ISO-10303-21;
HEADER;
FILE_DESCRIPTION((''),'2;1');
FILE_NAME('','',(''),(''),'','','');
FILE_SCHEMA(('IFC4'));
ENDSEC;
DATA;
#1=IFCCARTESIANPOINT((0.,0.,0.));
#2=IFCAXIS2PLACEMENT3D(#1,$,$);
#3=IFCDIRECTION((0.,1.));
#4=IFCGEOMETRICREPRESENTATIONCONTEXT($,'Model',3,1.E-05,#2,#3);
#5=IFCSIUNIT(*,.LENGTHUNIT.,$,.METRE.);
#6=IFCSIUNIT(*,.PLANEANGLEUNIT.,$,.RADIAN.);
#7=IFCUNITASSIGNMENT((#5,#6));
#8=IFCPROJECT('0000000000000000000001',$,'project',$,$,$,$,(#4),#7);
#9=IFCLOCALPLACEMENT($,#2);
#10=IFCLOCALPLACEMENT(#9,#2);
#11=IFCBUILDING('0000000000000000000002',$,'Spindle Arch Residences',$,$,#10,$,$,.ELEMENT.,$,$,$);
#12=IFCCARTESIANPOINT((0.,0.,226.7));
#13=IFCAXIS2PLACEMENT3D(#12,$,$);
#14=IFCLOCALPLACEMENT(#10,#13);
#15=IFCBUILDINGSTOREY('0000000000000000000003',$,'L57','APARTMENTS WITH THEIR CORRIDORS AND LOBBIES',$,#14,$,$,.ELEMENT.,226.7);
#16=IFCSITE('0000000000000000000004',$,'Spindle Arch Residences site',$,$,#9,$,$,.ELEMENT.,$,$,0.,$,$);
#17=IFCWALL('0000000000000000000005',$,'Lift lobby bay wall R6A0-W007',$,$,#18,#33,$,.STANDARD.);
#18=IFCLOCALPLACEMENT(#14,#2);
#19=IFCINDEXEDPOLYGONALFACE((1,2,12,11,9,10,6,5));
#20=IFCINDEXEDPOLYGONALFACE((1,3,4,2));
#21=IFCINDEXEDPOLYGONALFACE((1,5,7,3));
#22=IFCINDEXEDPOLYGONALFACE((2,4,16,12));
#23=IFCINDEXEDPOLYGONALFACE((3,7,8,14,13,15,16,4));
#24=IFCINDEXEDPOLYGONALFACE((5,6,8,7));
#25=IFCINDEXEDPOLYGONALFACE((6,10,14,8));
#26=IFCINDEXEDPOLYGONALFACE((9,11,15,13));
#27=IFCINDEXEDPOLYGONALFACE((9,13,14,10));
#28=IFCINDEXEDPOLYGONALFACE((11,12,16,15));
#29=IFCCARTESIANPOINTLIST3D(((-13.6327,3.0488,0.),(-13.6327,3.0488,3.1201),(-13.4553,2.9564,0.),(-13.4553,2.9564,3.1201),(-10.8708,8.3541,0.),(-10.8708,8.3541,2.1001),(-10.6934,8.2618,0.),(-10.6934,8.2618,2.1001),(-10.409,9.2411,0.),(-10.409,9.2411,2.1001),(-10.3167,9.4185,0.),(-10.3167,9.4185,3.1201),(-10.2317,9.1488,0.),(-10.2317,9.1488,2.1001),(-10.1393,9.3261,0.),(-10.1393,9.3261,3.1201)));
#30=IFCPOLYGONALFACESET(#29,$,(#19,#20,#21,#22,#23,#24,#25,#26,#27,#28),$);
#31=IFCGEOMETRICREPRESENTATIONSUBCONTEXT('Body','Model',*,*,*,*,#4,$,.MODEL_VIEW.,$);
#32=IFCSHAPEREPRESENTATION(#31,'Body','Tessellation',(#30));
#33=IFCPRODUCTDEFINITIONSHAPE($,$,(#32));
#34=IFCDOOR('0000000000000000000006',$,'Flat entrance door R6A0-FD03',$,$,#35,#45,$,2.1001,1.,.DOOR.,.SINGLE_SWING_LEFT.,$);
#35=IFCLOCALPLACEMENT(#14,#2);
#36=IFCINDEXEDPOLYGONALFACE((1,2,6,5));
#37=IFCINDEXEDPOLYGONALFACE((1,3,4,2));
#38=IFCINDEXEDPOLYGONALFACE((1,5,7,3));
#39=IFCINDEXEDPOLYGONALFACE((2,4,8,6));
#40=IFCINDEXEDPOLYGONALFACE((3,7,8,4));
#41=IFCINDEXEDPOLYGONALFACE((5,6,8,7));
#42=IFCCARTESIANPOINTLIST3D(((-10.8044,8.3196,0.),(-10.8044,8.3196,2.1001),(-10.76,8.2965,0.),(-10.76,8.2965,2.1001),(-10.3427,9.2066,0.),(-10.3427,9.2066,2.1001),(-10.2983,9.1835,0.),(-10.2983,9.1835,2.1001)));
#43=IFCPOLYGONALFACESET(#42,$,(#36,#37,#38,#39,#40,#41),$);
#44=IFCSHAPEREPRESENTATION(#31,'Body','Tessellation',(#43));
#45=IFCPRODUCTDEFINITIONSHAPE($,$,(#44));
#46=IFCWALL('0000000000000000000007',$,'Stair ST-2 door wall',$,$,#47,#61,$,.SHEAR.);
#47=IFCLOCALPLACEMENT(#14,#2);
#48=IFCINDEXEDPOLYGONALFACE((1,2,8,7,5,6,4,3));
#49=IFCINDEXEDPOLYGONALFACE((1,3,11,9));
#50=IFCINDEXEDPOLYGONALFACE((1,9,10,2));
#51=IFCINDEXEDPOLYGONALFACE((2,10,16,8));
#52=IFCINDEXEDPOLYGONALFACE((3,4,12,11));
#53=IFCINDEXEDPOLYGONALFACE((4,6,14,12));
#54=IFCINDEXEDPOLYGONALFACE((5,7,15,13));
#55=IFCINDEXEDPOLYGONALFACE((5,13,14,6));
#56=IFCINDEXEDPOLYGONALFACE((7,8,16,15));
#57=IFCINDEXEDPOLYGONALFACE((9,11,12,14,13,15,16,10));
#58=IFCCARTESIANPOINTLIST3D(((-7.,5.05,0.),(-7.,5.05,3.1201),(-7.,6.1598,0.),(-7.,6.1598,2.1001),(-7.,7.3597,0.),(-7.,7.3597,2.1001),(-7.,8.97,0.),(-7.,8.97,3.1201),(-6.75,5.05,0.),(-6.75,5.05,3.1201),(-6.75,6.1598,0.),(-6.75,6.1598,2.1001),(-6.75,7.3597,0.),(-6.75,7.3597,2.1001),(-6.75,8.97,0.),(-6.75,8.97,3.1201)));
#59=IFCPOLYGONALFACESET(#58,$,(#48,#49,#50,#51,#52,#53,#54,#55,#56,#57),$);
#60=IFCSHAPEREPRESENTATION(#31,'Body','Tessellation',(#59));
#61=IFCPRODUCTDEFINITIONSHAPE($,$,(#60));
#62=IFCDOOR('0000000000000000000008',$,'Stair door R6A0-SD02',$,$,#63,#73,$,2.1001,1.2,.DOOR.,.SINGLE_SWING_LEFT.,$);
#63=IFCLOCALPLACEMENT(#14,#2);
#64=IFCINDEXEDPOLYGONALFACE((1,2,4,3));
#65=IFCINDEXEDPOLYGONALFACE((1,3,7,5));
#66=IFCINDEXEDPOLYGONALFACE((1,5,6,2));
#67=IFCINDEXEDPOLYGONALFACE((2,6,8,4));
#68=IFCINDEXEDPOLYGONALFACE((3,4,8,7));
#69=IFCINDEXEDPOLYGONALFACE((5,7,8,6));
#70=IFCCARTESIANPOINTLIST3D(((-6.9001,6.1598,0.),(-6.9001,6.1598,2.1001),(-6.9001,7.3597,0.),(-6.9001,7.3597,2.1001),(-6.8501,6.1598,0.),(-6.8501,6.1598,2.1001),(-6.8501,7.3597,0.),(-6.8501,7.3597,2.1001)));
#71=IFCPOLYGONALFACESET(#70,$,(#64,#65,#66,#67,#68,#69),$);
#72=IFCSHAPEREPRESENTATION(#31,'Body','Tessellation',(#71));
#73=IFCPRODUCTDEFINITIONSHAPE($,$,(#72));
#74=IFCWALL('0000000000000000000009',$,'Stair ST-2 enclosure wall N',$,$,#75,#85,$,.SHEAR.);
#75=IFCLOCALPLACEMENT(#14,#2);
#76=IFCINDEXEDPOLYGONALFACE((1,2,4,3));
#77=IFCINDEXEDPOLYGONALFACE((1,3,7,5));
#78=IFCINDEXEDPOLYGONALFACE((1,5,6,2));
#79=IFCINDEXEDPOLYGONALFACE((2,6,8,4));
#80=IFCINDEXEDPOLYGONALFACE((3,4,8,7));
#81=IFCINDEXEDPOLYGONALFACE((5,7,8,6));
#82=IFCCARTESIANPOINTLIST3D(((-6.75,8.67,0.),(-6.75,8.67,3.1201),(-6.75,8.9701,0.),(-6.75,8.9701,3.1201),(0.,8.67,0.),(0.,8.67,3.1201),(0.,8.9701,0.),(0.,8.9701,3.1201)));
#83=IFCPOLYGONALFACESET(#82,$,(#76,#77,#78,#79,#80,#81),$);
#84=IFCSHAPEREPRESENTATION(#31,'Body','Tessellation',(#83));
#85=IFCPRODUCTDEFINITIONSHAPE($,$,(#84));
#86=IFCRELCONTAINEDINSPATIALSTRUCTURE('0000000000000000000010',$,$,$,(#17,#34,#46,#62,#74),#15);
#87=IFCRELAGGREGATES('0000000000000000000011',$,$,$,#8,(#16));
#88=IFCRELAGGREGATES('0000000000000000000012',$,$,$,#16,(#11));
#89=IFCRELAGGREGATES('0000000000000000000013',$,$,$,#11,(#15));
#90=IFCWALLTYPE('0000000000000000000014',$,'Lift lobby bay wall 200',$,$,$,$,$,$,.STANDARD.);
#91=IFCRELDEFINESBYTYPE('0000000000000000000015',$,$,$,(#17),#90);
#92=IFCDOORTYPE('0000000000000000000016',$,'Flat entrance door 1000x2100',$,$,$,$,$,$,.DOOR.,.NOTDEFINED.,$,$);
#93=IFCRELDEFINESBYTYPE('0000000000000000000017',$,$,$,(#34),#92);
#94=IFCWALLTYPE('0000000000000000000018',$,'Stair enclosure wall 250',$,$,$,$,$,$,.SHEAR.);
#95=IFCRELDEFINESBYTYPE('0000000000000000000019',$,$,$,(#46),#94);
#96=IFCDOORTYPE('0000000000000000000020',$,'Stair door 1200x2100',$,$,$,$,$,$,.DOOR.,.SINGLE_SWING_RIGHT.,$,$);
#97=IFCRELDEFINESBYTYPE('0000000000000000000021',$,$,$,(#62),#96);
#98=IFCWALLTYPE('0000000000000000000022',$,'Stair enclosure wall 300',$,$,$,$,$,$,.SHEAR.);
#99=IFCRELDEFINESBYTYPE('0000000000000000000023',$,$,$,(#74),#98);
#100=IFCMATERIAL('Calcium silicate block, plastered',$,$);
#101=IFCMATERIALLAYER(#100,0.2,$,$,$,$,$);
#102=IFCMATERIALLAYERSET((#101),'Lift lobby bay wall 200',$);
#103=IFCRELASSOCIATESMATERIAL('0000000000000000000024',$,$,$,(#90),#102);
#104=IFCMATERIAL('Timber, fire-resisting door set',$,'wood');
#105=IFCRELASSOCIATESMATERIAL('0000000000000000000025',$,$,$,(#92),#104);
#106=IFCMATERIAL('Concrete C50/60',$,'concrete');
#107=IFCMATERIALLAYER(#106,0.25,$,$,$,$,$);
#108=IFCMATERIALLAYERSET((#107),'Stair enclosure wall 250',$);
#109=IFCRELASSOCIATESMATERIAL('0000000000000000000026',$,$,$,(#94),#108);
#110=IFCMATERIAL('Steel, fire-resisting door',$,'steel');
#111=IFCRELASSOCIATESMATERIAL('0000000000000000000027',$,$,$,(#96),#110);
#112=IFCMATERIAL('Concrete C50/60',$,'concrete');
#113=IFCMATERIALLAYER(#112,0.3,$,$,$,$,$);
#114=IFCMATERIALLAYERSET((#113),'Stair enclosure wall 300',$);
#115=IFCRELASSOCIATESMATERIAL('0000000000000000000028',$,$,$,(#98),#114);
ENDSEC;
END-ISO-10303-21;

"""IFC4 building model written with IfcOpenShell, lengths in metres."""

from ifc_helpers import new_model, si_unit, direction, frame, frame_2d, origin, place, context, subcontext, project, spatial, rectangle, extrude, material, layer, layer_set, type_object, element, fill, save


model = new_model("IFC4")

# Units and contexts
model_context = context("Model", 3, precision=1e-05, world=origin(), true_north=direction((0.0, 1.0)))
body_context = subcontext(model_context, "Body", "Model", "MODEL_VIEW")
ifc_project = project(units=[si_unit("LENGTHUNIT", "METRE"), si_unit("PLANEANGLEUNIT", "RADIAN")], contexts=[model_context])

# Site, building, storey
site_placement = place(None, origin())
site = spatial("IfcSite", under=ifc_project, at=site_placement, Name="Spindle Arch Residences site", CompositionType="ELEMENT", RefElevation=0.0)
building_placement = place(site_placement, origin())
building = spatial("IfcBuilding", under=site, at=building_placement, Name="Spindle Arch Residences", CompositionType="ELEMENT")
storey_placement = place(building_placement, frame((0.0, 0.0, 226.7)))
storey = spatial("IfcBuildingStorey", under=building, at=storey_placement, Name="L57", Description="APARTMENTS WITH THEIR CORRIDORS AND LOBBIES", CompositionType="ELEMENT", Elevation=226.7)

# Walls, openings, doors
ifc_material_1 = material(Name="Calcium silicate block, plastered")
ifc_layer_1 = layer(ifc_material_1, 0.2)
ifc_layer_set_1 = layer_set([ifc_layer_1], Name="Lift lobby bay wall 200")
wall_type_1 = type_object("IfcWallType", Name="Lift lobby bay wall 200", PredefinedType="STANDARD", material=ifc_layer_set_1)
wall_1_placement = place(storey_placement, frame((-10.228, 9.3723, 0.0), z_axis=(0.0, 0.0, 1.0), x_axis=(-0.461759, -0.887005, 0.0)))
wall_1 = element("IfcWall", 1, at=wall_1_placement, inside=storey, type_object=wall_type_1, Name="Lift lobby bay wall R6A0-W007", PredefinedType="STANDARD", context=body_context, shape_type="SweptSolid", body=[
    extrude(rectangle(XDim=7.1812, YDim=0.2, at=frame_2d((3.5906, 0.0))), origin(), (0.0, 0.0, 1.0), 3.1201),
])
opening_1_placement = place(wall_1_placement, frame((0.2, 0.0, 0.0)))
opening_1 = element("IfcOpeningElement", 2, at=opening_1_placement, cuts=wall_1, PredefinedType="OPENING", context=body_context, shape_type="SweptSolid", body=[
    extrude(rectangle(XDim=1.0, YDim=2.1001, at=frame_2d((0.5, 1.05))), frame((0.0, 0.1099, 0.0), z_axis=(0.0, -1.0, 0.0), x_axis=(1.0, 0.0, 0.0)), (0.0, 0.0, 1.0), 0.22),
])
ifc_material_2 = material(Name="Timber, fire-resisting door set", Category="wood")
door_type_1 = type_object("IfcDoorType", Name="Flat entrance door 1000x2100", OperationType="NOTDEFINED", PredefinedType="DOOR", material=ifc_material_2)
door_1_placement = place(opening_1_placement, origin())
door_1 = element("IfcDoor", 3, at=door_1_placement, inside=storey, type_object=door_type_1, Name="Flat entrance door R6A0-FD03", OperationType="SINGLE_SWING_LEFT", OverallHeight=2.1001, OverallWidth=1.0, PredefinedType="DOOR", context=body_context, shape_type="SweptSolid", body=[
    extrude(rectangle(XDim=1.0, YDim=2.1001, at=frame_2d((0.5, 1.05))), frame((0.0, 0.0249, 0.0), z_axis=(0.0, -1.0, 0.0), x_axis=(1.0, 0.0, 0.0)), (0.0, 0.0, 1.0), 0.05),
])
fill(opening_1, door_1)
ifc_material_3 = material(Name="Concrete C50/60", Category="concrete")
ifc_layer_2 = layer(ifc_material_3, 0.25)
ifc_layer_set_2 = layer_set([ifc_layer_2], Name="Stair enclosure wall 250")
wall_type_2 = type_object("IfcWallType", Name="Stair enclosure wall 250", PredefinedType="SHEAR", material=ifc_layer_set_2)
wall_2_placement = place(storey_placement, frame((-6.875, 8.97, 0.0), z_axis=(0.0, 0.0, 1.0), x_axis=(0.0, -1.0, 0.0)))
wall_2 = element("IfcWall", 4, at=wall_2_placement, inside=storey, type_object=wall_type_2, Name="Stair ST-2 door wall", PredefinedType="SHEAR", context=body_context, shape_type="SweptSolid", body=[
    extrude(rectangle(XDim=3.9199, YDim=0.25, at=frame_2d((1.96, 0.0))), origin(), (0.0, 0.0, 1.0), 3.1201),
])
opening_2_placement = place(wall_2_placement, frame((1.6101, 0.0, 0.0)))
opening_2 = element("IfcOpeningElement", 5, at=opening_2_placement, cuts=wall_2, PredefinedType="OPENING", context=body_context, shape_type="SweptSolid", body=[
    extrude(rectangle(XDim=1.2, YDim=2.1001, at=frame_2d((0.6001, 1.05))), frame((0.0, 0.135, 0.0), z_axis=(0.0, -1.0, 0.0), x_axis=(1.0, 0.0, 0.0)), (0.0, 0.0, 1.0), 0.27),
])
ifc_material_4 = material(Name="Steel, fire-resisting door", Category="steel")
door_type_2 = type_object("IfcDoorType", Name="Stair door 1200x2100", OperationType="SINGLE_SWING_RIGHT", PredefinedType="DOOR", material=ifc_material_4)
door_2_placement = place(opening_2_placement, origin())
door_2 = element("IfcDoor", 6, at=door_2_placement, inside=storey, type_object=door_type_2, Name="Stair door R6A0-SD02", OperationType="SINGLE_SWING_LEFT", OverallHeight=2.1001, OverallWidth=1.2, PredefinedType="DOOR", context=body_context, shape_type="SweptSolid", body=[
    extrude(rectangle(XDim=1.2, YDim=2.1001, at=frame_2d((0.6001, 1.05))), frame((0.0, 0.0249, 0.0), z_axis=(0.0, -1.0, 0.0), x_axis=(1.0, 0.0, 0.0)), (0.0, 0.0, 1.0), 0.05),
])
fill(opening_2, door_2)

# Wall
ifc_material_5 = material(Name="Concrete C50/60", Category="concrete")
ifc_layer_3 = layer(ifc_material_5, 0.3)
ifc_layer_set_3 = layer_set([ifc_layer_3], Name="Stair enclosure wall 300")
wall_type_3 = type_object("IfcWallType", Name="Stair enclosure wall 300", PredefinedType="SHEAR", material=ifc_layer_set_3)
wall_3_placement = place(storey_placement, frame((-6.75, 8.8201, 0.0), z_axis=(0.0, 0.0, 1.0), x_axis=(1.0, 0.0, 0.0)))
element("IfcWall", 7, at=wall_3_placement, inside=storey, type_object=wall_type_3, Name="Stair ST-2 enclosure wall N", PredefinedType="SHEAR", context=body_context, shape_type="SweptSolid", body=[
    extrude(rectangle(XDim=6.75, YDim=0.3, at=frame_2d((3.375, 0.0))), origin(), (0.0, 0.0, 1.0), 3.1201),
])

save(model, "model.ifc")
